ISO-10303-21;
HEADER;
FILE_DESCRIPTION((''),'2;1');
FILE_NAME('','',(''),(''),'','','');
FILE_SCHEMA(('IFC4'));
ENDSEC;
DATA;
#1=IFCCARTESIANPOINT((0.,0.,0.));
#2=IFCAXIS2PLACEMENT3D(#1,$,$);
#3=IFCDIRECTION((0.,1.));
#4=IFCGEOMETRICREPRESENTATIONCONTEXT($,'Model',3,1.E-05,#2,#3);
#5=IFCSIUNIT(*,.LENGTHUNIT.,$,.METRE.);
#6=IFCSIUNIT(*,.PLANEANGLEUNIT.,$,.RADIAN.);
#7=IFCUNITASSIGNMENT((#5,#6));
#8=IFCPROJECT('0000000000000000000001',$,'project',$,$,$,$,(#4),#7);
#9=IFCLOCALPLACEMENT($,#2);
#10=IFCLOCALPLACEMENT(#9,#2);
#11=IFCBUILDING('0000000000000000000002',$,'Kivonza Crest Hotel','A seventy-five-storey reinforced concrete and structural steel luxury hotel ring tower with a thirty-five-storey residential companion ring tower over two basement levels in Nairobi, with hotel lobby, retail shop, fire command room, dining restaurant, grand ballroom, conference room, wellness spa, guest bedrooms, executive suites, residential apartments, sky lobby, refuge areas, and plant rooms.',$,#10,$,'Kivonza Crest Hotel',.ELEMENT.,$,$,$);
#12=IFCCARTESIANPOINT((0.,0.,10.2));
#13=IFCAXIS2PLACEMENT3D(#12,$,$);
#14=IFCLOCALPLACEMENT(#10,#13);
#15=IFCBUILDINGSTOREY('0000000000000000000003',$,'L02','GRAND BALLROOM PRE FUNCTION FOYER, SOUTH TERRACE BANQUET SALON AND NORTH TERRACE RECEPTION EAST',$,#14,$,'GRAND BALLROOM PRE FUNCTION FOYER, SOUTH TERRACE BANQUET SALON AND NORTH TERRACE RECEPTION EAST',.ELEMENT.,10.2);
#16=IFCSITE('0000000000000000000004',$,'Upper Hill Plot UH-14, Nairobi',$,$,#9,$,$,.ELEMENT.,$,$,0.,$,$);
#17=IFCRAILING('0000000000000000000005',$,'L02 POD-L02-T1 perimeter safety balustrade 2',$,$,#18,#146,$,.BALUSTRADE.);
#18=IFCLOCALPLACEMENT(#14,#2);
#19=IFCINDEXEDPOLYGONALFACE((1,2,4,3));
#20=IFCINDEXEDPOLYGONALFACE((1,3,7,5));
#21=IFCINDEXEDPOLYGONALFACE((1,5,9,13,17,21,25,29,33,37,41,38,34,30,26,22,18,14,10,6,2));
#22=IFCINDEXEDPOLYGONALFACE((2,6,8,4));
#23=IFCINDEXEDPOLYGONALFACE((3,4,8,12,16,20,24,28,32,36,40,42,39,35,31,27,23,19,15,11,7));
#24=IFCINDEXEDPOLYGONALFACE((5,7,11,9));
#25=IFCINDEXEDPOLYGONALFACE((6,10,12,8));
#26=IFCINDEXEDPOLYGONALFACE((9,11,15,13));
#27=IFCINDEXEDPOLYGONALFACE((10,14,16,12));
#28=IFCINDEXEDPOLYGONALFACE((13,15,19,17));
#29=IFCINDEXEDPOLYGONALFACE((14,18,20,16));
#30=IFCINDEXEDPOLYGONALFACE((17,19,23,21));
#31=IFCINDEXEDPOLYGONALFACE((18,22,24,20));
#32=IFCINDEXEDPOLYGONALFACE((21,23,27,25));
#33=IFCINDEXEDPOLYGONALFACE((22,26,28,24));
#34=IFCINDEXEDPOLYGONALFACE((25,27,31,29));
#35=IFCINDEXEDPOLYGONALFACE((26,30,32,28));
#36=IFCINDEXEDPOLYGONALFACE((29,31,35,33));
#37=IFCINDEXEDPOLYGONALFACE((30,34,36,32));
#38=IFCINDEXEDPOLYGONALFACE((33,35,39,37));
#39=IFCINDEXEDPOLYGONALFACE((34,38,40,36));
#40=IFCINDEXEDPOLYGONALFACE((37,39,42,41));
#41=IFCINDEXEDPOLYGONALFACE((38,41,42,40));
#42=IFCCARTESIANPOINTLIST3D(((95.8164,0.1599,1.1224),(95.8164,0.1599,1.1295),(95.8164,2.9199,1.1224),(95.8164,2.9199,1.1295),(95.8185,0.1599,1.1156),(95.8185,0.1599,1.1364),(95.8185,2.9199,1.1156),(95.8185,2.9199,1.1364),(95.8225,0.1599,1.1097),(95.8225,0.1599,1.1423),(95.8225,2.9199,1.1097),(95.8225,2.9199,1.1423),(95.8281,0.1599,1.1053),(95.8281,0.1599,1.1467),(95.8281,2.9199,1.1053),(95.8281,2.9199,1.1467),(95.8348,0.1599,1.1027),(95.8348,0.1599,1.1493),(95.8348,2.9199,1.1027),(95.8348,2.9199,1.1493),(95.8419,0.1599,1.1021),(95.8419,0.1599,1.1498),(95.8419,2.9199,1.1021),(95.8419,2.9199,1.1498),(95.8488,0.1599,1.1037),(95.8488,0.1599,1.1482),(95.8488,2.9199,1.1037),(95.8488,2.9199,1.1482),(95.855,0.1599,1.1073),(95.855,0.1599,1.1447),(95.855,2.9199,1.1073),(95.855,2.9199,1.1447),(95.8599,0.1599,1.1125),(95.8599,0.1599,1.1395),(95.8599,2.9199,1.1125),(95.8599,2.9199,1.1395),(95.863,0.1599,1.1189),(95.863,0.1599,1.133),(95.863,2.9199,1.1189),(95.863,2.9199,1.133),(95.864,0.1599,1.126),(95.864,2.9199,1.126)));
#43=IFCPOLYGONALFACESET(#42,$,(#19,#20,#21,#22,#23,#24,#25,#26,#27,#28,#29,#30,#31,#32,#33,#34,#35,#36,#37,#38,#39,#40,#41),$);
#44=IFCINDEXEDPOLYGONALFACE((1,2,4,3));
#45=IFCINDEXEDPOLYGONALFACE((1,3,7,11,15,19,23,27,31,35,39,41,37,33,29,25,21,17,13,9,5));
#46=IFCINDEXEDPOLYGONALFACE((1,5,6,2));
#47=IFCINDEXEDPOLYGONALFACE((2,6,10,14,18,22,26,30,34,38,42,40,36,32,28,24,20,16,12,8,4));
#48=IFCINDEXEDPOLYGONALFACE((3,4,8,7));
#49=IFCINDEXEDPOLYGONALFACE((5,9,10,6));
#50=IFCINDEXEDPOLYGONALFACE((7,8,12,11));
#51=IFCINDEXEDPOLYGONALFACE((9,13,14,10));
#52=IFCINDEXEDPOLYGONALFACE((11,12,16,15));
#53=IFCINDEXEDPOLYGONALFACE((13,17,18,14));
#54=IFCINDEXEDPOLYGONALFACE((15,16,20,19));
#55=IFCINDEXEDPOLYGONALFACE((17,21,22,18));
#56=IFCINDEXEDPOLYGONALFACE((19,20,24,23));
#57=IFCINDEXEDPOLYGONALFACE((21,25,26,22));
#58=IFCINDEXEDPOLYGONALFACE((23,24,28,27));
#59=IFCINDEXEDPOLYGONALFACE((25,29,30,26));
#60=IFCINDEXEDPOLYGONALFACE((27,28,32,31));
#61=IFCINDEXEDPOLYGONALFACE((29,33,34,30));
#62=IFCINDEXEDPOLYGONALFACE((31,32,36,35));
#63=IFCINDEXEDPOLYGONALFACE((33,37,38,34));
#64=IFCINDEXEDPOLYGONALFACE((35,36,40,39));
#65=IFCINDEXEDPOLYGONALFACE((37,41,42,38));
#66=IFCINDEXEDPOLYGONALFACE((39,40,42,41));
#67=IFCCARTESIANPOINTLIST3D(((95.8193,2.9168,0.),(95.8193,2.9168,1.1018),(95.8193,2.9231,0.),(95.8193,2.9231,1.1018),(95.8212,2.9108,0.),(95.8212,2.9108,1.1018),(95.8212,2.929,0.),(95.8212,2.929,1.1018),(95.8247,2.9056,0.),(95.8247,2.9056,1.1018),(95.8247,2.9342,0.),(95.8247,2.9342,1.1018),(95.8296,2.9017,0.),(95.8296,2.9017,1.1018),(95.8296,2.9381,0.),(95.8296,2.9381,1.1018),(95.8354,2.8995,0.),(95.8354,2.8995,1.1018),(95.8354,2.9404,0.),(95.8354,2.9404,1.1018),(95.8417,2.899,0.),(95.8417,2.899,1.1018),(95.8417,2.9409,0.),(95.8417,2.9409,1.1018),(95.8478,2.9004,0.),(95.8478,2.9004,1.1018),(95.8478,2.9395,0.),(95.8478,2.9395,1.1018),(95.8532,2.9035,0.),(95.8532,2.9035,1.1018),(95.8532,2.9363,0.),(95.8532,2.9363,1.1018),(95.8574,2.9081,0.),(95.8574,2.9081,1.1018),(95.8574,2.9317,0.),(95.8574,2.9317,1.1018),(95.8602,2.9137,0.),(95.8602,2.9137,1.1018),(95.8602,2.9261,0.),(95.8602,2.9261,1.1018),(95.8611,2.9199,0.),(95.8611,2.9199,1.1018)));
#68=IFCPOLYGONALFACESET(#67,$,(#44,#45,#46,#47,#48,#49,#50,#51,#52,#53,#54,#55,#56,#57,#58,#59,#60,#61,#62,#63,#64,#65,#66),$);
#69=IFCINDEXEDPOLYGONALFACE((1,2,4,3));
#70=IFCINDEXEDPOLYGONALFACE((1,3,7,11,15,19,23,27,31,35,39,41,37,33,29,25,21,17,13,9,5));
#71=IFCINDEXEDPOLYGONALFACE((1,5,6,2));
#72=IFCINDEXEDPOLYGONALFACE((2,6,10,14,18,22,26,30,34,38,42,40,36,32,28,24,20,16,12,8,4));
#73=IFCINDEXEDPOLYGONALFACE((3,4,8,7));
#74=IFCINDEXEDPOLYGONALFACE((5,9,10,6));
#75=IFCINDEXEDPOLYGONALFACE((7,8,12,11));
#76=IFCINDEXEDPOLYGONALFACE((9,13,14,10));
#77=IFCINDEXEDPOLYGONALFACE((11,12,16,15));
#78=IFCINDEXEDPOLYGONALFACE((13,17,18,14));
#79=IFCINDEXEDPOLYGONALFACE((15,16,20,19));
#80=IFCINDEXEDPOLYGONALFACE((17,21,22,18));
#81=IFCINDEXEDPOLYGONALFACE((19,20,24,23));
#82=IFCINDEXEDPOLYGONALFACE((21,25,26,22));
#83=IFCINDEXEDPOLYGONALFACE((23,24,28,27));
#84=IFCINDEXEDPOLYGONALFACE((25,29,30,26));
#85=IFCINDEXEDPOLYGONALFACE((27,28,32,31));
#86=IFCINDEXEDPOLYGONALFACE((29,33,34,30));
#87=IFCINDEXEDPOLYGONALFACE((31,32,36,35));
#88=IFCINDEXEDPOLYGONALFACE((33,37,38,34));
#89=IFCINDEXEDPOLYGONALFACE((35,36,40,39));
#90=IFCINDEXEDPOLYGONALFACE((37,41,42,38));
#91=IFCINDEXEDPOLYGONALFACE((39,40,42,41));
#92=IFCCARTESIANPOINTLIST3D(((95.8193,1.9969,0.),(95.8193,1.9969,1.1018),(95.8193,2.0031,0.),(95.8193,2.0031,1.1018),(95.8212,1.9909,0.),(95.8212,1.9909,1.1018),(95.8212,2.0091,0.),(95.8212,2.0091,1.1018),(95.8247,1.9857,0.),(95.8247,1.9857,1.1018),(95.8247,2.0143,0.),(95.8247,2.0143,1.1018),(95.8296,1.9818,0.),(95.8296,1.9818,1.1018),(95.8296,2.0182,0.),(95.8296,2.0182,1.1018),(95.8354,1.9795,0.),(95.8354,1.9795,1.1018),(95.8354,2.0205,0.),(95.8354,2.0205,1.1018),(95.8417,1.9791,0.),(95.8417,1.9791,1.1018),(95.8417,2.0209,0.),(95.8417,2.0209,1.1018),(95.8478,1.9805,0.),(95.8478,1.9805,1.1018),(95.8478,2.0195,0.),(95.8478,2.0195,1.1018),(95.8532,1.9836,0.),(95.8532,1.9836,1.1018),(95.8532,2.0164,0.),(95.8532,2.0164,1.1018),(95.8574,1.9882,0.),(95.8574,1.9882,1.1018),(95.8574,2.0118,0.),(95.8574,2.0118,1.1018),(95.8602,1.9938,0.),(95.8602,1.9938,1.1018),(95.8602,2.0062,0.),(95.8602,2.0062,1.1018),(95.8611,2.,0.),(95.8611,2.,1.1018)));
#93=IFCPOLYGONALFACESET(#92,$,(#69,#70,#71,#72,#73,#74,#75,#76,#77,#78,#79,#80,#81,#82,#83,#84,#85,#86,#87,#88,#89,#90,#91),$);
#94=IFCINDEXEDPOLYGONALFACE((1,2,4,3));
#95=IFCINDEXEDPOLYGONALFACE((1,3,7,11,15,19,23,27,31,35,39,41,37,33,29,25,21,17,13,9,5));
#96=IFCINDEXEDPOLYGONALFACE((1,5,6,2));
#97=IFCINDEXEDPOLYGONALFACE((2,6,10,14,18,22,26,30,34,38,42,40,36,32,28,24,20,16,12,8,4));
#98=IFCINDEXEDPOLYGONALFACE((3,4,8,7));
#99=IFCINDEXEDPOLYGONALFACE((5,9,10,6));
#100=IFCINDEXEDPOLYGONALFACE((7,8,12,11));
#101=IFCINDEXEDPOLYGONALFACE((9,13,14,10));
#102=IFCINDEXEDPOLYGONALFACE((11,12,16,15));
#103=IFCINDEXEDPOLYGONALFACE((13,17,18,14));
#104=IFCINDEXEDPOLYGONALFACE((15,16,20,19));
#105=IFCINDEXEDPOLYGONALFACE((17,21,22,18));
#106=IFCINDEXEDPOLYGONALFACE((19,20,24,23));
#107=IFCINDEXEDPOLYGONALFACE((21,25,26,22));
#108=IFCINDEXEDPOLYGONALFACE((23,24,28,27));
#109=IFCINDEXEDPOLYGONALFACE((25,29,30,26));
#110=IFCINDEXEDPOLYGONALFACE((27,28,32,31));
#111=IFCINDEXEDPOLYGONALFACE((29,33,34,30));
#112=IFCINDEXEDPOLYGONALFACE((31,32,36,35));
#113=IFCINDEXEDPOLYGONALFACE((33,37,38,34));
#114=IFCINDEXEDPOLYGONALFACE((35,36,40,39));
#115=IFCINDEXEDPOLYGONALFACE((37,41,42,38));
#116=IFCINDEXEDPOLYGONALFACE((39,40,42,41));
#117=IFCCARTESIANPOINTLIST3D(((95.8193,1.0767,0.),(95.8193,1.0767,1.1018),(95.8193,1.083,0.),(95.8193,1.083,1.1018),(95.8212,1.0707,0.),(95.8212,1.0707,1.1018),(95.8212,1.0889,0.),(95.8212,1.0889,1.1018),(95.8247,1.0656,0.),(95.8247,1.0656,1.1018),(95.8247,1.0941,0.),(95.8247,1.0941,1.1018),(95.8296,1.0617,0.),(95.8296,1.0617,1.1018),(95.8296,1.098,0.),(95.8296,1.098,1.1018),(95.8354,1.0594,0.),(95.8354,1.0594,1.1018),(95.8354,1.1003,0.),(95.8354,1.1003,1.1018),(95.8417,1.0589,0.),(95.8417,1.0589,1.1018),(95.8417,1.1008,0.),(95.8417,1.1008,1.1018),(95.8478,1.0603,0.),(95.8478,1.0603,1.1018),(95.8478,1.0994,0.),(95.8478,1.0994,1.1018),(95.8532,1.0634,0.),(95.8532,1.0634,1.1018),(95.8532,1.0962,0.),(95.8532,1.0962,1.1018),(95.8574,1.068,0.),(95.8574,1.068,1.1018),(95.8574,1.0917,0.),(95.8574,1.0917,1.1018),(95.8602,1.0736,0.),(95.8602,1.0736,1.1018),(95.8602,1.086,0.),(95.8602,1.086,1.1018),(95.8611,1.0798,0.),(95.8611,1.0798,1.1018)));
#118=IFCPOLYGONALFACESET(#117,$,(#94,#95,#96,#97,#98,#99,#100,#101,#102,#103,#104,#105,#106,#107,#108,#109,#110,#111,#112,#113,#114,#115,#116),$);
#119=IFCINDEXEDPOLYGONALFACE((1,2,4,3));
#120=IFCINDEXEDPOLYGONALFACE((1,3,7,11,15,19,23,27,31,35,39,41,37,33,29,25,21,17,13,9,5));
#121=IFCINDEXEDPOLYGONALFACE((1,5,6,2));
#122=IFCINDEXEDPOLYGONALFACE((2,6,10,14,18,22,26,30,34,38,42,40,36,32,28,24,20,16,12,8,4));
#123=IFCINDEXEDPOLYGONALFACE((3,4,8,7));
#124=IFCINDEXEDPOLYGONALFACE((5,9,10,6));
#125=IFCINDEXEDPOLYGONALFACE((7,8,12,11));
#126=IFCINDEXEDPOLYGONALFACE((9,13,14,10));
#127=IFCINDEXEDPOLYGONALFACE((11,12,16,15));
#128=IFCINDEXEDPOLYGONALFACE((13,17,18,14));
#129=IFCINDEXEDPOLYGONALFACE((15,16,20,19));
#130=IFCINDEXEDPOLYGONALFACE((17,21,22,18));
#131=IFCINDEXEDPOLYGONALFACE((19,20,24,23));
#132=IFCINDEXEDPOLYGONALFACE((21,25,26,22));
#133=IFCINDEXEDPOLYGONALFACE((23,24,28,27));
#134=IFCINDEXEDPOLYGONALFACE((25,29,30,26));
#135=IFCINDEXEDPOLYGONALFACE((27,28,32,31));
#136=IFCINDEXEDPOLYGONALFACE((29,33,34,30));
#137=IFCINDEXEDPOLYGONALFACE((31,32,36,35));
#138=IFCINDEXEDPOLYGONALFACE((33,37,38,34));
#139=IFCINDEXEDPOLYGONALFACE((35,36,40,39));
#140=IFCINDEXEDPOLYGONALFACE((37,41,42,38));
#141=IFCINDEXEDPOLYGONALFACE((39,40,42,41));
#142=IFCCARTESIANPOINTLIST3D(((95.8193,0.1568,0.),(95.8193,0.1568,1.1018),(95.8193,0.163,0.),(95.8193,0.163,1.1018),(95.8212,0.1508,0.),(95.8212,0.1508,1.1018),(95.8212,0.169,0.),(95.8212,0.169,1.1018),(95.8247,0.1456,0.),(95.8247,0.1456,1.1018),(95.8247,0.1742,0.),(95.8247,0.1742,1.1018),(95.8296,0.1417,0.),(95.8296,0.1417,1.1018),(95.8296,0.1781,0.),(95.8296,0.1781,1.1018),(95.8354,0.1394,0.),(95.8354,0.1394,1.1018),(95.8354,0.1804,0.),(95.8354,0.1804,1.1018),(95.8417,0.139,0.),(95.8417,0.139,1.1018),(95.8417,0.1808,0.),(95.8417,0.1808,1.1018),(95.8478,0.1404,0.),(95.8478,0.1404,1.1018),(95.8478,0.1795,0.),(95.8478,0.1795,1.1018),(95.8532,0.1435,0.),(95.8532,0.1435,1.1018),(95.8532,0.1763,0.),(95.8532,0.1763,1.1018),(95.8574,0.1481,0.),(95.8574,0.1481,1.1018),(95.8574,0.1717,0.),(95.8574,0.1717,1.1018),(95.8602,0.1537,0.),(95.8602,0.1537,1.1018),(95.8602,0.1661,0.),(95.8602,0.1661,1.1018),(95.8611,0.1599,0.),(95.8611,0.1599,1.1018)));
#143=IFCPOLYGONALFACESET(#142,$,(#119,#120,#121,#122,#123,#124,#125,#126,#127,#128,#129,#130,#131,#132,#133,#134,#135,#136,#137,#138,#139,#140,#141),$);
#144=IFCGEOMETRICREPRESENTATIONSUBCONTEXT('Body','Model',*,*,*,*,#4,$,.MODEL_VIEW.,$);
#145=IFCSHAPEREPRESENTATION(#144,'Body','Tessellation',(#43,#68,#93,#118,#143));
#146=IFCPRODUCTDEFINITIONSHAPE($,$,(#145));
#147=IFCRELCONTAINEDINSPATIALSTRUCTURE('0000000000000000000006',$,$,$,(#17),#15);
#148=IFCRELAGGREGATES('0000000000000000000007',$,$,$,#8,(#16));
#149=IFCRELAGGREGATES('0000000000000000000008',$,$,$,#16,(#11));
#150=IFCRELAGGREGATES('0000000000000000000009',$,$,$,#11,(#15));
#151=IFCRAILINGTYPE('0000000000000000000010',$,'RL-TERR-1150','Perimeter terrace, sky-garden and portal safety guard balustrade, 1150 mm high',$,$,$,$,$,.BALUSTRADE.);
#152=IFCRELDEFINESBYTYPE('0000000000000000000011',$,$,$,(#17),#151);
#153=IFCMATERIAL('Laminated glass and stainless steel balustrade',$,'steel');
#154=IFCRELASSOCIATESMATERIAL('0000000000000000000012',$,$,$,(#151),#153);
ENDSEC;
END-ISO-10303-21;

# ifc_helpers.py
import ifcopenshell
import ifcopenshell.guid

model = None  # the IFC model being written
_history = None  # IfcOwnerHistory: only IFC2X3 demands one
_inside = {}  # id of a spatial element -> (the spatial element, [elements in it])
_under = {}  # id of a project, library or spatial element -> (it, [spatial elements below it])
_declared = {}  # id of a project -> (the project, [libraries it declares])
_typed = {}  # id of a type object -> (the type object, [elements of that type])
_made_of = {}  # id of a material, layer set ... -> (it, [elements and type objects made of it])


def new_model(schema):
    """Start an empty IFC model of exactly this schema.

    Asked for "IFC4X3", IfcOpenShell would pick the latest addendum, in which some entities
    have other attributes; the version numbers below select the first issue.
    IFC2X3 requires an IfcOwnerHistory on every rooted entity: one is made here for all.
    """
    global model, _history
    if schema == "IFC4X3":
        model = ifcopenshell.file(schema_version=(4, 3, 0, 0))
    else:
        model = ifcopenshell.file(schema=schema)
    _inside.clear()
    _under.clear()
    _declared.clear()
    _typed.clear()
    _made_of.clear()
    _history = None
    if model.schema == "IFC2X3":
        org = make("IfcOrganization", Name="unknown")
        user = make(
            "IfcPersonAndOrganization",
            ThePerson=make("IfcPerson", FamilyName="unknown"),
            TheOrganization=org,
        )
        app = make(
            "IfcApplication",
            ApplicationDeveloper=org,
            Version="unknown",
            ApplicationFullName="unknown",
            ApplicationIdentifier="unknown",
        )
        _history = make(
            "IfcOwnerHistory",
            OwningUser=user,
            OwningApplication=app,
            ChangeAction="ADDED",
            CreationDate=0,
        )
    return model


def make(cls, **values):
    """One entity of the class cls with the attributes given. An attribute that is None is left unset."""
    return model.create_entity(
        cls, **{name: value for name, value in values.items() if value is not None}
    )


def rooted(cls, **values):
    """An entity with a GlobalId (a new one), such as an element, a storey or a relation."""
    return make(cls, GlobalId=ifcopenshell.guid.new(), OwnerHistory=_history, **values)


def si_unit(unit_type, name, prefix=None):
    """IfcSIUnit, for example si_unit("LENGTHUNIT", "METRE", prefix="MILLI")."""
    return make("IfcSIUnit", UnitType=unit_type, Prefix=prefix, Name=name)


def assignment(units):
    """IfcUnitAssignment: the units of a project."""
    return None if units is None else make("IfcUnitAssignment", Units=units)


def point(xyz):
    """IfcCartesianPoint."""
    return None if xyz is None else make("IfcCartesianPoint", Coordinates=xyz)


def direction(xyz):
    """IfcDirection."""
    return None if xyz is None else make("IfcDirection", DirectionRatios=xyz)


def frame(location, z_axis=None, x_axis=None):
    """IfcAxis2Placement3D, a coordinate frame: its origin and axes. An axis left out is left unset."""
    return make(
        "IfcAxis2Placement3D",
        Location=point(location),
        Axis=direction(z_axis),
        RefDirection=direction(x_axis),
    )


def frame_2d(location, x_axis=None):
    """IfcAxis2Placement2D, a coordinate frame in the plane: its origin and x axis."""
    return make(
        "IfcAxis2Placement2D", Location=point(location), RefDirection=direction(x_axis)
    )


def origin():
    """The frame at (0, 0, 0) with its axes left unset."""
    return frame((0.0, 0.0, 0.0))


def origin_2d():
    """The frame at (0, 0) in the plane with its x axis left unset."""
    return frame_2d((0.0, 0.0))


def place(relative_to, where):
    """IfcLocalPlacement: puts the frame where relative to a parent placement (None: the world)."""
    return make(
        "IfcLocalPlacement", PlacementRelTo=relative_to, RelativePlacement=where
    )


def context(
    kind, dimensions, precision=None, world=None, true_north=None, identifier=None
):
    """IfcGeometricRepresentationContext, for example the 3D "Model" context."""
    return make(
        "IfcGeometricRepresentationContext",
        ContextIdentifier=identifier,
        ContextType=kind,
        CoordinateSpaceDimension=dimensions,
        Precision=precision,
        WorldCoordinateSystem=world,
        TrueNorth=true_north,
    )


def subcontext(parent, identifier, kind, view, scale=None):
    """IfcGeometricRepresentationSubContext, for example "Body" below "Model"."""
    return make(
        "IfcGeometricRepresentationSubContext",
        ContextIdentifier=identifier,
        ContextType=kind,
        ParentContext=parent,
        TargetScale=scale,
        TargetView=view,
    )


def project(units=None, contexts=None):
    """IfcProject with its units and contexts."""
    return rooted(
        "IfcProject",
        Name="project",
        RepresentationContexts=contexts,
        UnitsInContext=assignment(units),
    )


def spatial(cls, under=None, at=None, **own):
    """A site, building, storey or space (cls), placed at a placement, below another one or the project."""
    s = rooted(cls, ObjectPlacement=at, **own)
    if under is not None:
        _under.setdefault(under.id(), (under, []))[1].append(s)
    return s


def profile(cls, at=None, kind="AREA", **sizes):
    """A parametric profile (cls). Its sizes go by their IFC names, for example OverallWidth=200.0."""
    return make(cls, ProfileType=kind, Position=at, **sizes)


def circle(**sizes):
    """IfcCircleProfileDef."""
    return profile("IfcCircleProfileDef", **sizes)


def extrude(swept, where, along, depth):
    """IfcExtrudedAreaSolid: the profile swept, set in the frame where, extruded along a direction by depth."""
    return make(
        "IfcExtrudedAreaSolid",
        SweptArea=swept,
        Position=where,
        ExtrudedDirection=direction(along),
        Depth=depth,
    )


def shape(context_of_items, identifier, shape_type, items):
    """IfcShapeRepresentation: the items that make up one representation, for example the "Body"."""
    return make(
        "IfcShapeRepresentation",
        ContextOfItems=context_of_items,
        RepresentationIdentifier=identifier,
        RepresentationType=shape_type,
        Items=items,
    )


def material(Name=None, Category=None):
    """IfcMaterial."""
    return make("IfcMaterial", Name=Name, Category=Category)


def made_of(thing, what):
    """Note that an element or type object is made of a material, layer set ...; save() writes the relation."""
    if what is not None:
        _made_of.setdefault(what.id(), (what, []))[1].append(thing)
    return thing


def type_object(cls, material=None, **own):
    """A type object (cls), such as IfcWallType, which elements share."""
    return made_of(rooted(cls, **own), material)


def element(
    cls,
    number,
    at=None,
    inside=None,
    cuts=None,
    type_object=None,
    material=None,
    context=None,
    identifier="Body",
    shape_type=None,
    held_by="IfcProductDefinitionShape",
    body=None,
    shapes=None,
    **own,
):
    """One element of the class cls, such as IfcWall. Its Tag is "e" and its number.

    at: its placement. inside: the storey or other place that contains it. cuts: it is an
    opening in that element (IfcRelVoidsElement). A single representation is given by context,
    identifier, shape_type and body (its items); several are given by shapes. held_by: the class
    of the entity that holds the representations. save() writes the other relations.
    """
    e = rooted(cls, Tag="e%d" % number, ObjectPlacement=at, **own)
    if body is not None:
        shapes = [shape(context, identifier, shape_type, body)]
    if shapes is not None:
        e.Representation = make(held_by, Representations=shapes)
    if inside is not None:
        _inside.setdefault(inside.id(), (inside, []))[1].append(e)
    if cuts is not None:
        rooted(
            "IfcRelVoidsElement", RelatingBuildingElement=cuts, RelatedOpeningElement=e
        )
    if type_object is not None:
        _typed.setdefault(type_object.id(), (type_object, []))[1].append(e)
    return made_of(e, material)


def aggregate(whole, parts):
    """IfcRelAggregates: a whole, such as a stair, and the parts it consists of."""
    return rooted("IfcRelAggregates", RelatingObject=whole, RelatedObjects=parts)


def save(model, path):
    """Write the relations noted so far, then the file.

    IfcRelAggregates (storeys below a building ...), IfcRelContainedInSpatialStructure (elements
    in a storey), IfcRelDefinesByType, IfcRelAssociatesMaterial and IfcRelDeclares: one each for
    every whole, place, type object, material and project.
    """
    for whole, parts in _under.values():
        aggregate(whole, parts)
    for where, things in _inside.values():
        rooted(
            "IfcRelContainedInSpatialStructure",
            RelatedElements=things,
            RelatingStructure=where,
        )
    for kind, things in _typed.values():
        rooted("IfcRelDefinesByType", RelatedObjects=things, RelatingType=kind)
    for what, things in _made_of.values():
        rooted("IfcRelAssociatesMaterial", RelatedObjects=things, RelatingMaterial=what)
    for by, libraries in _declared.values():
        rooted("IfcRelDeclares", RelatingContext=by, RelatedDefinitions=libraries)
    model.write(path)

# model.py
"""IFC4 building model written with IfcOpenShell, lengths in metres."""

from ifc_helpers import new_model, si_unit, direction, frame, origin, origin_2d, place, context, subcontext, project, spatial, circle, extrude, material, type_object, element, save


model = new_model("IFC4")

# Units and contexts
model_context = context("Model", 3, precision=1e-05, world=origin(), true_north=direction((0.0, 1.0)))
body_context = subcontext(model_context, "Body", "Model", "MODEL_VIEW")
ifc_project = project(units=[si_unit("LENGTHUNIT", "METRE"), si_unit("PLANEANGLEUNIT", "RADIAN")], contexts=[model_context])

# Site, building, storey
site_placement = place(None, origin())
site = spatial("IfcSite", under=ifc_project, at=site_placement, Name="Upper Hill Plot UH-14, Nairobi", CompositionType="ELEMENT", RefElevation=0.0)
building_placement = place(site_placement, origin())
building = spatial("IfcBuilding", under=site, at=building_placement, Name="Kivonza Crest Hotel", Description="A seventy-five-storey reinforced concrete and structural steel luxury hotel ring tower with a thirty-five-storey residential companion ring tower over two basement levels in Nairobi, with hotel lobby, retail shop, fire command room, dining restaurant, grand ballroom, conference room, wellness spa, guest bedrooms, executive suites, residential apartments, sky lobby, refuge areas, and plant rooms.", LongName="Kivonza Crest Hotel", CompositionType="ELEMENT")
storey_placement = place(building_placement, frame((0.0, 0.0, 10.2)))
storey = spatial("IfcBuildingStorey", under=building, at=storey_placement, Name="L02", Description="GRAND BALLROOM PRE FUNCTION FOYER, SOUTH TERRACE BANQUET SALON AND NORTH TERRACE RECEPTION EAST", LongName="GRAND BALLROOM PRE FUNCTION FOYER, SOUTH TERRACE BANQUET SALON AND NORTH TERRACE RECEPTION EAST", CompositionType="ELEMENT", Elevation=10.2)

# Railing
ifc_material_1 = material(Name="Laminated glass and stainless steel balustrade", Category="steel")
railing_type = type_object("IfcRailingType", Name="RL-TERR-1150", Description="Perimeter terrace, sky-garden and portal safety guard balustrade, 1150 mm high", PredefinedType="BALUSTRADE", material=ifc_material_1)
railing_1_placement = place(storey_placement, frame((95.8401, 2.9199, 0.0)))
element("IfcRailing", 1, at=railing_1_placement, inside=storey, type_object=railing_type, Name="L02 POD-L02-T1 perimeter safety balustrade 2", PredefinedType="BALUSTRADE", context=body_context, shape_type="SweptSolid", body=[
    extrude(circle(Radius=0.0239, at=origin_2d()), frame((0.0, 0.0, 1.126), z_axis=(0.0, -1.0, 0.0), x_axis=(1.0, 0.0, 0.0)), (0.0, 0.0, 1.0), 2.76),
    extrude(circle(Radius=0.021, at=origin_2d()), origin(), (0.0, 0.0, 1.0), 1.1018),
    extrude(circle(Radius=0.021, at=origin_2d()), frame((0.0, -0.9199, 0.0)), (0.0, 0.0, 1.0), 1.1018),
    extrude(circle(Radius=0.021, at=origin_2d()), frame((0.0, -1.8401, 0.0)), (0.0, 0.0, 1.0), 1.1018),
    extrude(circle(Radius=0.021, at=origin_2d()), frame((0.0, -2.76, 0.0)), (0.0, 0.0, 1.0), 1.1018),
])

save(model, "model.ifc")
